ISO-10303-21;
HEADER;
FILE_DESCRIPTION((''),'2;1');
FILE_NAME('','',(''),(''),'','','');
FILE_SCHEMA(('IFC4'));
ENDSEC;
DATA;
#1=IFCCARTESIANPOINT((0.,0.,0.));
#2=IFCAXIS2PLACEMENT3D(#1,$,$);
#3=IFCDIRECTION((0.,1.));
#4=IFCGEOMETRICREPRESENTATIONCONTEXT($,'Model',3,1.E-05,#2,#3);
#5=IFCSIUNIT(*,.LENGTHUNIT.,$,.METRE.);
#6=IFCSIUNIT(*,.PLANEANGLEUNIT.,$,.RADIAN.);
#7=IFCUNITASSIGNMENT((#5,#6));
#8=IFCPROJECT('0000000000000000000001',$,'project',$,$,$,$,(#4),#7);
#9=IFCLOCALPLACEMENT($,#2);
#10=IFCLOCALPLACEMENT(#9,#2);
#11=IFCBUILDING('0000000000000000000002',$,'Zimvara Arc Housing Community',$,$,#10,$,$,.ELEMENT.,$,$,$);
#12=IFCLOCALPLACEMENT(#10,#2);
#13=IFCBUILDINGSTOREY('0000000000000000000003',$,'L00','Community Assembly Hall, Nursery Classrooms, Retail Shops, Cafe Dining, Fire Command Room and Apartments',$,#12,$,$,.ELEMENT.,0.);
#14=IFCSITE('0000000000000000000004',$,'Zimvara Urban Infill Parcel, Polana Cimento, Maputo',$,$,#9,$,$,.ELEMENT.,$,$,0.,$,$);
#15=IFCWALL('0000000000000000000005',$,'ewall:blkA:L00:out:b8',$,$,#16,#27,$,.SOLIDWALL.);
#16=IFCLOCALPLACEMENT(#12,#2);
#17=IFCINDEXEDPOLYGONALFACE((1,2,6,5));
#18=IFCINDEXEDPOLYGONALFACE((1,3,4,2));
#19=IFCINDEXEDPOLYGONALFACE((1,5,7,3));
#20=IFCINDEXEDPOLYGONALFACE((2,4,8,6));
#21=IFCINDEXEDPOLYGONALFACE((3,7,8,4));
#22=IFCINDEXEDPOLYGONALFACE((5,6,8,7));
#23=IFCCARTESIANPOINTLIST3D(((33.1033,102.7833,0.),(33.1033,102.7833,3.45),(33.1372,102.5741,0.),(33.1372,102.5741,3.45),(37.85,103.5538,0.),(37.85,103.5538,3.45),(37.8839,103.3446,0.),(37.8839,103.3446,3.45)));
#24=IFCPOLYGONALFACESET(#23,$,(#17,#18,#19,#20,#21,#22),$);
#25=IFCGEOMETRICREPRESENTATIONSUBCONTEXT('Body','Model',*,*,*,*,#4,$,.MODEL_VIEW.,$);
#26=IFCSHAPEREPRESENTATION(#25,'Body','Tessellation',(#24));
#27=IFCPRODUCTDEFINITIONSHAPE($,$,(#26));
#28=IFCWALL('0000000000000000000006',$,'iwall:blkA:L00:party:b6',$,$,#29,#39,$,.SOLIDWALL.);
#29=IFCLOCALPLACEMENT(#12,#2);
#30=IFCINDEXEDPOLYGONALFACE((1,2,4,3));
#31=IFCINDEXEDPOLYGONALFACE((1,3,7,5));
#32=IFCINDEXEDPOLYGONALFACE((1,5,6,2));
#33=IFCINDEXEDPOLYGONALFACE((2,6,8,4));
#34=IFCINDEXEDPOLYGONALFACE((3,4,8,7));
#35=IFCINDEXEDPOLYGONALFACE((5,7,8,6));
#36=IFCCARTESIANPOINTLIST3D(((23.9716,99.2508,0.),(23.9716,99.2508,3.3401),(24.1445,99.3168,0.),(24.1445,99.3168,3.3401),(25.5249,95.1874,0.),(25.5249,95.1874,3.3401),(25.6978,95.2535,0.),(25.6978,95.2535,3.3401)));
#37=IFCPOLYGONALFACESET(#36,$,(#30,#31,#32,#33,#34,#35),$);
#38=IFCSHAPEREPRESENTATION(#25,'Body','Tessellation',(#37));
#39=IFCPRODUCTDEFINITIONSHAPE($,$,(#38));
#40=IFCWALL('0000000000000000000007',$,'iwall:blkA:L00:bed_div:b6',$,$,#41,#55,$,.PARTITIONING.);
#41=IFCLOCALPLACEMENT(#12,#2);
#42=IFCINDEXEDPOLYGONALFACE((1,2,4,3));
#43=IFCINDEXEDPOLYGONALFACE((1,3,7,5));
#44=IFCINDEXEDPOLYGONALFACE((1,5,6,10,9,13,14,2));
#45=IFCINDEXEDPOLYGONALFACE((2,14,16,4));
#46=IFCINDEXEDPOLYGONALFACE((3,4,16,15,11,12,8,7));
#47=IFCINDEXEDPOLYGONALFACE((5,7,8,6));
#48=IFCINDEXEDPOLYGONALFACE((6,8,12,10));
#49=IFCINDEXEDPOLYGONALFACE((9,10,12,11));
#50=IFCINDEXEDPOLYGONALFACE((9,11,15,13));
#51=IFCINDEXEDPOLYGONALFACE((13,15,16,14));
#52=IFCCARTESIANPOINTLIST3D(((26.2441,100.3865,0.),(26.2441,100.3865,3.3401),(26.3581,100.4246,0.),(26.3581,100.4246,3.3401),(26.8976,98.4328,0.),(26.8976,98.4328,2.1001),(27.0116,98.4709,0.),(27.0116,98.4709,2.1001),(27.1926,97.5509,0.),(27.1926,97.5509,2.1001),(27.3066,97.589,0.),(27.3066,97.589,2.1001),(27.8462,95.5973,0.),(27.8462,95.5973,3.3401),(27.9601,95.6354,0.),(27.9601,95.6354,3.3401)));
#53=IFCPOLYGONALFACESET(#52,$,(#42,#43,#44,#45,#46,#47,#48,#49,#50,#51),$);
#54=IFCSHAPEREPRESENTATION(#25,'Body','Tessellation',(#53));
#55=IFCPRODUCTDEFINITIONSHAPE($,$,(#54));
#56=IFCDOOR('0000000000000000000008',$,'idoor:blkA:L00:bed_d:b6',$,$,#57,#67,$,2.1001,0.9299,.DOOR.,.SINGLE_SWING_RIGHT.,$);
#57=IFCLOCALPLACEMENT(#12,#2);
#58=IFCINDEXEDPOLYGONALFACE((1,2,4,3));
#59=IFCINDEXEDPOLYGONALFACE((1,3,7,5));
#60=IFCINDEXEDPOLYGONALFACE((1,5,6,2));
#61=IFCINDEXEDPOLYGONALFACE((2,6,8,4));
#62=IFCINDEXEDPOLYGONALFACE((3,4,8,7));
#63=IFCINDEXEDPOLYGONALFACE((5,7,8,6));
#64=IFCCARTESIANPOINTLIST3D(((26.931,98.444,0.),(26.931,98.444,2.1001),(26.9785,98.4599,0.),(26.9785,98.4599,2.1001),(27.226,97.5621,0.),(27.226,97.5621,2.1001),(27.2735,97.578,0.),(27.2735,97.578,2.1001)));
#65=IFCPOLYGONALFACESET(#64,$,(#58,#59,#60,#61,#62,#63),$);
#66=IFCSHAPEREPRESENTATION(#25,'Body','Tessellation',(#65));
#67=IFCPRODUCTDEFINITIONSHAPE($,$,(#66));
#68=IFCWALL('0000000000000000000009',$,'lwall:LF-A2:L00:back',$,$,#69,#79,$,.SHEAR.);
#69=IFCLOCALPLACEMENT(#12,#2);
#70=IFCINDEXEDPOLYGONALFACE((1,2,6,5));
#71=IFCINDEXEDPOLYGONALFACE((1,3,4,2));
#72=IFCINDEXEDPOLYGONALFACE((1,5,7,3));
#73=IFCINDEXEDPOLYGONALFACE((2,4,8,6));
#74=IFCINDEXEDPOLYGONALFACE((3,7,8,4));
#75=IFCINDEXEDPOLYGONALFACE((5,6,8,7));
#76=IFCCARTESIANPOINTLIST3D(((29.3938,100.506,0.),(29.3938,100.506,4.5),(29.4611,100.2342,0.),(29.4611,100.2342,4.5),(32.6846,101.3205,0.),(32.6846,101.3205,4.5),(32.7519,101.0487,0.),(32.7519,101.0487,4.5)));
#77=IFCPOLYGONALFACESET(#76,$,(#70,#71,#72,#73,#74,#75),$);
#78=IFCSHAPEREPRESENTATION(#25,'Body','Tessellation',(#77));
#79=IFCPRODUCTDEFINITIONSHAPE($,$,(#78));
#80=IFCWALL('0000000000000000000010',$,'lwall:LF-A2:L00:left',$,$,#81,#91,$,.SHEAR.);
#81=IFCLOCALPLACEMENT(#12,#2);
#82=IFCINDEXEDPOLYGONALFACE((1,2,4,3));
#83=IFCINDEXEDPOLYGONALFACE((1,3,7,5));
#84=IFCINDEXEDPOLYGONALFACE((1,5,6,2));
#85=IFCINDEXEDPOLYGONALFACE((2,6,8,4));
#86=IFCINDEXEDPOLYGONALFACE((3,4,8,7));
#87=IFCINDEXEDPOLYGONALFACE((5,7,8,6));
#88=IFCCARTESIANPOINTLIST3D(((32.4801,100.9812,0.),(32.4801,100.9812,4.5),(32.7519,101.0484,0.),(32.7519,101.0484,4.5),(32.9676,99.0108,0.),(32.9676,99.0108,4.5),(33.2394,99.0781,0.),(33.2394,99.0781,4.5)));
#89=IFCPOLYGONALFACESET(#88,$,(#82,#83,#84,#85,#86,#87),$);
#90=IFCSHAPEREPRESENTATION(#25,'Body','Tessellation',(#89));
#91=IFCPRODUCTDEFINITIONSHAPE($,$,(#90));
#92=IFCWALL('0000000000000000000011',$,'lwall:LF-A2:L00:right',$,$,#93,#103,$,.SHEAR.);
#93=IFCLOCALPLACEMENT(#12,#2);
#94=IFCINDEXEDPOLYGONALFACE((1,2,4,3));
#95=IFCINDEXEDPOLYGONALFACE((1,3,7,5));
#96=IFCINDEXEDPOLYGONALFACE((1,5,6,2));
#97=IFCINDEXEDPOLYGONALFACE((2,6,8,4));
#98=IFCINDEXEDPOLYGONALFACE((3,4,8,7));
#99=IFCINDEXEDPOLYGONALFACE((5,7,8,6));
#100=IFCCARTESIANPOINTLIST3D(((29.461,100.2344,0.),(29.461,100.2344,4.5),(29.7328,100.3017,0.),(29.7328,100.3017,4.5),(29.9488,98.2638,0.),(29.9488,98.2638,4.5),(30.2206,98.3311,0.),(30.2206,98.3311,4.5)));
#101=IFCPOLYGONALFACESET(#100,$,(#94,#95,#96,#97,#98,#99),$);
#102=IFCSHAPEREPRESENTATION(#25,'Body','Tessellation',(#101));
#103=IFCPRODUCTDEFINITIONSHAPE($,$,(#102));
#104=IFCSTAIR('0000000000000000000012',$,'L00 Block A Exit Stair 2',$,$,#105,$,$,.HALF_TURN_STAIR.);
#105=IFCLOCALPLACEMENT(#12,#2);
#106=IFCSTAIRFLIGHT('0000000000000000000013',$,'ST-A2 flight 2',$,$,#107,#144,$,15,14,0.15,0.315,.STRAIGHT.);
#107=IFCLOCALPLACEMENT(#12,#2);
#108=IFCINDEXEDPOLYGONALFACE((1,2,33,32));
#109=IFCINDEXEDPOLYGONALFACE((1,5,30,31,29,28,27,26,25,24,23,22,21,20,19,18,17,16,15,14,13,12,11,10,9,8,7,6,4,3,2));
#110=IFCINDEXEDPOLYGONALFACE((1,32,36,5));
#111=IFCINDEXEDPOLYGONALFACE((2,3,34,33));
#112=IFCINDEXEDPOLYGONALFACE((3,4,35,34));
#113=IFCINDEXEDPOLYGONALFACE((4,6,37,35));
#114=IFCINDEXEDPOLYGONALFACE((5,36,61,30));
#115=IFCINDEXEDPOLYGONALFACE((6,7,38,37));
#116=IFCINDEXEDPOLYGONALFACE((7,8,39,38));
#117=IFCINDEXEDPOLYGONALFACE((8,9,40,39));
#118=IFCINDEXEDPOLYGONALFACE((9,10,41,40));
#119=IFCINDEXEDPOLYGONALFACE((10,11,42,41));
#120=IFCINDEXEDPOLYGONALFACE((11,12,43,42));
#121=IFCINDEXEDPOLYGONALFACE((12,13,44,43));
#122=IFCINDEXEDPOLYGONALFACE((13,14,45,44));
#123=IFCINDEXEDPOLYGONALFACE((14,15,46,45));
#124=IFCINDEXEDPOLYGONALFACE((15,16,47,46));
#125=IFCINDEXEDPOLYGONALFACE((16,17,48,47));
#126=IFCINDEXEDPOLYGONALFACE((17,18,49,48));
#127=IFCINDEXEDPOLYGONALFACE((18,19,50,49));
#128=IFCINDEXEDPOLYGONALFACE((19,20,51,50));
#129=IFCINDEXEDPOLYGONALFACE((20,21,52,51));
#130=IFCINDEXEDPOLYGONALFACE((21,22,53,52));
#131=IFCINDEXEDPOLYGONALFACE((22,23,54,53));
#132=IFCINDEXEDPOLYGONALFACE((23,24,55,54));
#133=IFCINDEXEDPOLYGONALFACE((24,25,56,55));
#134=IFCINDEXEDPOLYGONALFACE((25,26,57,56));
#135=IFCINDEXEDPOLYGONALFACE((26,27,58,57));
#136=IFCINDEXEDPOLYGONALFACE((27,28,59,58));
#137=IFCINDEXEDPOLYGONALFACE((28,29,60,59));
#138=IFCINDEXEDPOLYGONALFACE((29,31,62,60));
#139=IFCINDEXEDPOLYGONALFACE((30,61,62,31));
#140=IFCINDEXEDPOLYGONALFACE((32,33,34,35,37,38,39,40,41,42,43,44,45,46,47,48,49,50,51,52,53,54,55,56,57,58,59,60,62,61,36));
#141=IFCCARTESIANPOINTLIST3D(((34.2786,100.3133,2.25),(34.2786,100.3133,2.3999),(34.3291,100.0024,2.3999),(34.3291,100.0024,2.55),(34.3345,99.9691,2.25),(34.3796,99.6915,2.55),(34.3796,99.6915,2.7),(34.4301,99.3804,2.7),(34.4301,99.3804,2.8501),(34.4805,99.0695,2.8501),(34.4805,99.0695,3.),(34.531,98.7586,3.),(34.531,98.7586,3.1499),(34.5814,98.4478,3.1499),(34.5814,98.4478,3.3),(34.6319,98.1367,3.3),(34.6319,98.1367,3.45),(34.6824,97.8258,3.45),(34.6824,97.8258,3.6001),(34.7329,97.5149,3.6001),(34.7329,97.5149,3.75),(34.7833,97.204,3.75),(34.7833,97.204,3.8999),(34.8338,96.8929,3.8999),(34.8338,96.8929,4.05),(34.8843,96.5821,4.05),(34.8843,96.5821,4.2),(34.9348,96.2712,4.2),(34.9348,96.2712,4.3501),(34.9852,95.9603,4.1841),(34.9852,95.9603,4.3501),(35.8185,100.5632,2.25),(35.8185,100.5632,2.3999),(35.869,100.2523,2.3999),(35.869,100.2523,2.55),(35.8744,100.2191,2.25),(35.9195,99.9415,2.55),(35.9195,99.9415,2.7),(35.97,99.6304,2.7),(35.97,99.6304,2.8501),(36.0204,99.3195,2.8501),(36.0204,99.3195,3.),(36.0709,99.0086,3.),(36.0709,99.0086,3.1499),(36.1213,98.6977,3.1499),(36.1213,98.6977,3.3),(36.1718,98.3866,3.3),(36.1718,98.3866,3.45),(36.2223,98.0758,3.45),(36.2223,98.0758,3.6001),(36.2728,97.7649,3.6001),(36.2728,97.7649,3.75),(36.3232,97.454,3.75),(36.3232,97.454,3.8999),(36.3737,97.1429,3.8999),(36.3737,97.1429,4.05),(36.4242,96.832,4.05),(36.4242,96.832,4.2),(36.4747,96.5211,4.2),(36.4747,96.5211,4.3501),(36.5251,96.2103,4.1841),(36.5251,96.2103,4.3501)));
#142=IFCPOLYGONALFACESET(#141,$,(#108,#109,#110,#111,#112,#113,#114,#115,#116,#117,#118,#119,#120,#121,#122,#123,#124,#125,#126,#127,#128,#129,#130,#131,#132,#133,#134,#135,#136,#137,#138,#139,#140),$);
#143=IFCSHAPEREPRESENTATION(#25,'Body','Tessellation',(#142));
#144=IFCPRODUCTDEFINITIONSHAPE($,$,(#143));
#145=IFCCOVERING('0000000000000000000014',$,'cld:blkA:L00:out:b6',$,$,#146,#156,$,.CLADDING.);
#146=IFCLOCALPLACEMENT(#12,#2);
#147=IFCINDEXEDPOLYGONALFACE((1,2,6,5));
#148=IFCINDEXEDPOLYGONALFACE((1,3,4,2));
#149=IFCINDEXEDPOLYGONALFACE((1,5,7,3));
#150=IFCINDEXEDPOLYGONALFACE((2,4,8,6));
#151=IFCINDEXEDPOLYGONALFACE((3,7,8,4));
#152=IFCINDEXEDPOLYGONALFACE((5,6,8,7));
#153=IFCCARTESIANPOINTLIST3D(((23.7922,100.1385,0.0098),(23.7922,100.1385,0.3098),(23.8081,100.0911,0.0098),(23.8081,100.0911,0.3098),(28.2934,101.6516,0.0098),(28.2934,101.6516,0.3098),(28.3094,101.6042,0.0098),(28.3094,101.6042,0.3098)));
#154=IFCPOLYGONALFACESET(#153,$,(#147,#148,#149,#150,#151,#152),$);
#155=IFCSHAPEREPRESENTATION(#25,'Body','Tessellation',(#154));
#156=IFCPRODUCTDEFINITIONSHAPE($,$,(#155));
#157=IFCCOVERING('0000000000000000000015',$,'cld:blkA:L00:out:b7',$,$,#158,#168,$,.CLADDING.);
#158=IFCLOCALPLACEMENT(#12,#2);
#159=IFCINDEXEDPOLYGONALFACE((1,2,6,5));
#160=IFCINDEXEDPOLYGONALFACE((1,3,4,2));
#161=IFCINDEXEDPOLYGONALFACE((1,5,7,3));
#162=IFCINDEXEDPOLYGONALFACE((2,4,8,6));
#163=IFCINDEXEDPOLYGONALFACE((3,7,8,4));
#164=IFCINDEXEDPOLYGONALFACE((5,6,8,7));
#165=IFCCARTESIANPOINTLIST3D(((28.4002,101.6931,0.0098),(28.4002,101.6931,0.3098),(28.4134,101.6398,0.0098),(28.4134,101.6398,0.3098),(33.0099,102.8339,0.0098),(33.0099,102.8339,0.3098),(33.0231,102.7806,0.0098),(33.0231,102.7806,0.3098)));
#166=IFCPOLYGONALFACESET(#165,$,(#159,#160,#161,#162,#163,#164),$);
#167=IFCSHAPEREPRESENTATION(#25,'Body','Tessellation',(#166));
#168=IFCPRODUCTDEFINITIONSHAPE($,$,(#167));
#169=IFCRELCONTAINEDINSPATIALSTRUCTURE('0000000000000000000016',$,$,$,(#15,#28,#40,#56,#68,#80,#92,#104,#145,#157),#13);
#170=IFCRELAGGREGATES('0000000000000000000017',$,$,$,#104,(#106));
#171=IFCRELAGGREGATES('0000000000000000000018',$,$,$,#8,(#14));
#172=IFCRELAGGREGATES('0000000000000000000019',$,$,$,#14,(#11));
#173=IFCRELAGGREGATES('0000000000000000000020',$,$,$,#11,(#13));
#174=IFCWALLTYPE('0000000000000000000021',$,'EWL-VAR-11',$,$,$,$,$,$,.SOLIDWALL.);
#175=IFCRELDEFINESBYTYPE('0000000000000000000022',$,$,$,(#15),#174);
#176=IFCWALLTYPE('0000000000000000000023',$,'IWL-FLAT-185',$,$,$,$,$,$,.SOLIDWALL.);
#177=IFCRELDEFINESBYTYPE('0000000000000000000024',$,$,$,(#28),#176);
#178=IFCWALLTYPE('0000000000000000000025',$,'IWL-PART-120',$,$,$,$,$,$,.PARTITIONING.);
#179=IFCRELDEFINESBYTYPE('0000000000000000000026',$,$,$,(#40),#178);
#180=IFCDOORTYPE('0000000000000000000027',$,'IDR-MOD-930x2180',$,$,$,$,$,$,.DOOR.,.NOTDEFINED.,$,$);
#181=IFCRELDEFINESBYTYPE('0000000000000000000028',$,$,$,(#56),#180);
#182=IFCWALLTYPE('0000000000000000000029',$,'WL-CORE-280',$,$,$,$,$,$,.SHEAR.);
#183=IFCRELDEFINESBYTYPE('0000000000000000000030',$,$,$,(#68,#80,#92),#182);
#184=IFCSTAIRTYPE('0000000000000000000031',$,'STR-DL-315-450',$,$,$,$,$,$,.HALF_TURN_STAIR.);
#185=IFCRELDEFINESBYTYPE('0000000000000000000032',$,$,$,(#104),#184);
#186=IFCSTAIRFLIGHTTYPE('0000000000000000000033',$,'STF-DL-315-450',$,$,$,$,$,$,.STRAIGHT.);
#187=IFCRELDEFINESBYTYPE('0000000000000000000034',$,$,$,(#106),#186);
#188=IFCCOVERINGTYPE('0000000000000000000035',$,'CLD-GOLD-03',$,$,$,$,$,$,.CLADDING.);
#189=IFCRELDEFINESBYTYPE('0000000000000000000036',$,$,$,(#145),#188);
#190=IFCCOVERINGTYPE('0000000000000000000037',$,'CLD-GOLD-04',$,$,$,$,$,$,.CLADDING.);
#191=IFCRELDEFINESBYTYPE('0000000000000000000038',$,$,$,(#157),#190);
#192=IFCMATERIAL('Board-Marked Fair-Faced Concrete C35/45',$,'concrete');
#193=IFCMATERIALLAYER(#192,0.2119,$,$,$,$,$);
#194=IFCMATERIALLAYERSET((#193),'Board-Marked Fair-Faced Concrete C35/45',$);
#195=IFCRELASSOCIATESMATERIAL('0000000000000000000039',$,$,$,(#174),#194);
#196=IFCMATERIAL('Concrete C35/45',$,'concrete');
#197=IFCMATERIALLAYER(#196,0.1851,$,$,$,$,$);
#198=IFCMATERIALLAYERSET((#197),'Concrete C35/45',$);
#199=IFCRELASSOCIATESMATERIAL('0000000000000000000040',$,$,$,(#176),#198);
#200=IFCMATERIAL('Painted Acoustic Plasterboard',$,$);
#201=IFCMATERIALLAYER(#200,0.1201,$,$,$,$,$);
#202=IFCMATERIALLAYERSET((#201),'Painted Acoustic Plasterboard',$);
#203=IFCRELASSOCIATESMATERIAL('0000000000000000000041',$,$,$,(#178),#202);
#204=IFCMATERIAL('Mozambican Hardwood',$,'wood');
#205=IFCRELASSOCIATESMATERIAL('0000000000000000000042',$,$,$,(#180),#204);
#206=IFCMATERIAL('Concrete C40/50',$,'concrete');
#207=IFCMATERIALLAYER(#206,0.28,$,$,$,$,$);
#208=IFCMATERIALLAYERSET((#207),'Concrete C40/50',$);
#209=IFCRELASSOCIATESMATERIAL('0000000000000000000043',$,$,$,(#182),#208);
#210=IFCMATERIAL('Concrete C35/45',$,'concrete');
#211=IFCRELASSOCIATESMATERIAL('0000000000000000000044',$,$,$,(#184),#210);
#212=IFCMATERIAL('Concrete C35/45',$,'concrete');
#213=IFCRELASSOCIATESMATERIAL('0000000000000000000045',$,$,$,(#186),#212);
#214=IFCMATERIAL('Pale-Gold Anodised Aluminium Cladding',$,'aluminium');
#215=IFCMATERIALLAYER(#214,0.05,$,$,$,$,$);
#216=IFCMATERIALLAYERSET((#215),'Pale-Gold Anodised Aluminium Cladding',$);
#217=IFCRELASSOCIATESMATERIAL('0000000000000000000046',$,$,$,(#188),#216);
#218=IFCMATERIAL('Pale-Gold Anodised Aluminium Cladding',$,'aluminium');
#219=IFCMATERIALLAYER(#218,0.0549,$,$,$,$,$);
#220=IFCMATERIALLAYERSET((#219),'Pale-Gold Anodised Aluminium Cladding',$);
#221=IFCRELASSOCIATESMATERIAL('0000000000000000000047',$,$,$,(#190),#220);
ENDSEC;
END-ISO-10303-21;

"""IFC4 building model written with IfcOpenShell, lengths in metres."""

from ifc_helpers import new_model, si_unit, direction, frame, frame_2d, origin, origin_2d, place, context, subcontext, project, spatial, polyline, rectangle, outline, extrude, material, layer, layer_set, type_object, element, fill, aggregate, save


model = new_model("IFC4")

# Units and contexts
model_context = context("Model", 3, precision=1e-05, world=origin(), true_north=direction((0.0, 1.0)))
body_context = subcontext(model_context, "Body", "Model", "MODEL_VIEW")
ifc_project = project(units=[si_unit("LENGTHUNIT", "METRE"), si_unit("PLANEANGLEUNIT", "RADIAN")], contexts=[model_context])

# Site, building, storey
site_placement = place(None, origin())
site = spatial("IfcSite", under=ifc_project, at=site_placement, Name="Zimvara Urban Infill Parcel, Polana Cimento, Maputo", CompositionType="ELEMENT", RefElevation=0.0)
building_placement = place(site_placement, origin())
building = spatial("IfcBuilding", under=site, at=building_placement, Name="Zimvara Arc Housing Community", CompositionType="ELEMENT")
storey_placement = place(building_placement, origin())
storey = spatial("IfcBuildingStorey", under=building, at=storey_placement, Name="L00", Description="Community Assembly Hall, Nursery Classrooms, Retail Shops, Cafe Dining, Fire Command Room and Apartments", CompositionType="ELEMENT", Elevation=0.0)

# Walls
ifc_material_1 = material(Name="Board-Marked Fair-Faced Concrete C35/45", Category="concrete")
ifc_layer_1 = layer(ifc_material_1, 0.2119)
ifc_layer_set_1 = layer_set([ifc_layer_1], Name="Board-Marked Fair-Faced Concrete C35/45")
wall_type_1 = type_object("IfcWallType", Name="EWL-VAR-11", PredefinedType="SOLIDWALL", material=ifc_layer_set_1)
wall_1_placement = place(storey_placement, frame((33.1204, 102.6787, 0.0), z_axis=(0.0, 0.0, 1.0), x_axis=(0.987081, 0.160224, 0.0)))
element("IfcWall", 1, at=wall_1_placement, inside=storey, type_object=wall_type_1, Name="ewall:blkA:L00:out:b8", PredefinedType="SOLIDWALL", context=body_context, shape_type="SweptSolid", body=[
    extrude(rectangle(XDim=4.8088, YDim=0.2119, at=frame_2d((2.4043, 0.0))), origin(), (0.0, 0.0, 1.0), 3.45),
])
ifc_material_2 = material(Name="Concrete C35/45", Category="concrete")
ifc_layer_2 = layer(ifc_material_2, 0.1851)
ifc_layer_set_2 = layer_set([ifc_layer_2], Name="Concrete C35/45")
wall_type_2 = type_object("IfcWallType", Name="IWL-FLAT-185", PredefinedType="SOLIDWALL", material=ifc_layer_set_2)
wall_2_placement = place(storey_placement, frame((25.6113, 95.2205, 0.0), z_axis=(0.0, 0.0, 1.0), x_axis=(-0.357064, 0.93408, 0.0)))
element("IfcWall", 2, at=wall_2_placement, inside=storey, type_object=wall_type_2, Name="iwall:blkA:L00:party:b6", PredefinedType="SOLIDWALL", context=body_context, shape_type="SweptSolid", body=[
    extrude(rectangle(XDim=4.3501, YDim=0.1851, at=frame_2d((2.175, 0.0))), origin(), (0.0, 0.0, 1.0), 3.3401),
])

# Wall, opening, door
ifc_material_3 = material(Name="Painted Acoustic Plasterboard")
ifc_layer_3 = layer(ifc_material_3, 0.1201)
ifc_layer_set_3 = layer_set([ifc_layer_3], Name="Painted Acoustic Plasterboard")
wall_type_3 = type_object("IfcWallType", Name="IWL-PART-120", PredefinedType="PARTITIONING", material=ifc_layer_set_3)
wall_3_placement = place(storey_placement, frame((27.9031, 95.6165, 0.0), z_axis=(0.0, 0.0, 1.0), x_axis=(-0.317228, 0.948349, 0.0)))
wall_3 = element("IfcWall", 3, at=wall_3_placement, inside=storey, type_object=wall_type_3, Name="iwall:blkA:L00:bed_div:b6", PredefinedType="PARTITIONING", context=body_context, shape_type="SweptSolid", body=[
    extrude(rectangle(XDim=5.05, YDim=0.1201, at=frame_2d((2.5249, 0.0))), origin(), (0.0, 0.0, 1.0), 3.3401),
])
opening_1_placement = place(wall_3_placement, frame((2.0601, 0.0, 0.0)))
opening_1 = element("IfcOpeningElement", 4, at=opening_1_placement, cuts=wall_3, PredefinedType="OPENING", context=body_context, shape_type="SweptSolid", body=[
    extrude(rectangle(XDim=0.9299, YDim=2.1001, at=frame_2d((0.4648, 1.05))), frame((0.0, 0.0701, 0.0), z_axis=(0.0, -1.0, 0.0), x_axis=(1.0, 0.0, 0.0)), (0.0, 0.0, 1.0), 0.1401),
])
ifc_material_4 = material(Name="Mozambican Hardwood", Category="wood")
door_type_1 = type_object("IfcDoorType", Name="IDR-MOD-930x2180", OperationType="NOTDEFINED", PredefinedType="DOOR", material=ifc_material_4)
door_1_placement = place(opening_1_placement, origin())
door_1 = element("IfcDoor", 5, at=door_1_placement, inside=storey, type_object=door_type_1, Name="idoor:blkA:L00:bed_d:b6", OperationType="SINGLE_SWING_RIGHT", OverallHeight=2.1001, OverallWidth=0.9299, PredefinedType="DOOR", context=body_context, shape_type="SweptSolid", body=[
    extrude(rectangle(XDim=0.9299, YDim=2.1001, at=frame_2d((0.4648, 1.05))), frame((0.0, 0.0249, 0.0), z_axis=(0.0, -1.0, 0.0), x_axis=(1.0, 0.0, 0.0)), (0.0, 0.0, 1.0), 0.05),
])
fill(opening_1, door_1)
ifc_material_5 = material(Name="Concrete C40/50", Category="concrete")
ifc_layer_4 = layer(ifc_material_5, 0.28)
ifc_layer_set_4 = layer_set([ifc_layer_4], Name="Concrete C40/50")
wall_type_4 = type_object("IfcWallType", Name="WL-CORE-280", PredefinedType="SHEAR", material=ifc_layer_set_4)

# Walls
wall_4_placement = place(storey_placement, frame((32.7183, 101.1846, 0.0), z_axis=(0.0, 0.0, 1.0), x_axis=(-0.970712, -0.240247, 0.0)))
element("IfcWall", 6, at=wall_4_placement, inside=storey, type_object=wall_type_4, Name="lwall:LF-A2:L00:back", PredefinedType="SHEAR", context=body_context, shape_type="SweptSolid", body=[
    extrude(rectangle(XDim=3.3901, YDim=0.28, at=frame_2d((1.6951, 0.0))), origin(), (0.0, 0.0, 1.0), 4.5),
])
wall_5_placement = place(storey_placement, frame((33.1035, 99.0444, 0.0), z_axis=(0.0, 0.0, 1.0), x_axis=(-0.240186, 0.970727, 0.0)))
element("IfcWall", 7, at=wall_5_placement, inside=storey, type_object=wall_type_4, Name="lwall:LF-A2:L00:left", PredefinedType="SHEAR", context=body_context, shape_type="SweptSolid", body=[
    extrude(rectangle(XDim=2.0298, YDim=0.28, at=frame_2d((1.0149, 0.0))), origin(), (0.0, 0.0, 1.0), 4.5),
])
wall_6_placement = place(storey_placement, frame((30.0847, 98.2974, 0.0), z_axis=(0.0, 0.0, 1.0), x_axis=(-0.240299, 0.970699, 0.0)))
element("IfcWall", 8, at=wall_6_placement, inside=storey, type_object=wall_type_4, Name="lwall:LF-A2:L00:right", PredefinedType="SHEAR", context=body_context, shape_type="SweptSolid", body=[
    extrude(rectangle(XDim=2.03, YDim=0.28, at=frame_2d((1.0151, 0.0))), origin(), (0.0, 0.0, 1.0), 4.5),
])

# Stair, stair flight
ifc_material_6 = material(Name="Concrete C35/45", Category="concrete")
stair_type = type_object("IfcStairType", Name="STR-DL-315-450", PredefinedType="HALF_TURN_STAIR", material=ifc_material_6)
stair_placement = place(storey_placement, origin())
stair = element("IfcStair", 9, at=stair_placement, inside=storey, type_object=stair_type, Name="L00 Block A Exit Stair 2", PredefinedType="HALF_TURN_STAIR")
ifc_material_7 = material(Name="Concrete C35/45", Category="concrete")
stair_flight_type = type_object("IfcStairFlightType", Name="STF-DL-315-450", PredefinedType="STRAIGHT", material=ifc_material_7)
stair_flight_placement = place(storey_placement, frame((35.0486, 100.4382, 2.25), z_axis=(0.0, 0.0, 1.0), x_axis=(0.160226, -0.98708, 0.0)))
stair_flight = element("IfcStairFlight", 10, at=stair_flight_placement, type_object=stair_flight_type, Name="ST-A2 flight 2", NumberOfRisers=15, NumberOfTreads=14, PredefinedType="STRAIGHT", RiserHeight=0.15, TreadLength=0.315, context=body_context, shape_type="SweptSolid", body=[
    extrude(outline(polyline([(0.0, 0.0), (0.0, 0.1499), (0.3149, 0.1499), (0.3149, 0.3), (0.6299, 0.3), (0.6299, 0.45), (0.9451, 0.45), (0.9451, 0.6001), (1.26, 0.6001), (1.26, 0.75), (1.575, 0.75), (1.575, 0.8999), (1.8899, 0.8999), (1.8899, 1.05), (2.2051, 1.05), (2.2051, 1.2), (2.52, 1.2), (2.52, 1.3501), (2.835, 1.3501), (2.835, 1.5), (3.1499, 1.5), (3.1499, 1.6499), (3.4651, 1.6499), (3.4651, 1.8), (3.78, 1.8), (3.78, 1.95), (4.095, 1.95), (4.095, 2.1001), (4.4099, 2.1001), (4.4099, 2.25), (4.4099, 1.9341), (0.3486, 0.0), (0.0, 0.0)])), frame((0.0, 0.78, 0.0), z_axis=(0.0, -1.0, 0.0), x_axis=(1.0, 0.0, 0.0)), (0.0, 0.0, 1.0), 1.5601),
])
aggregate(stair, [stair_flight])

# Coverings
ifc_material_8 = material(Name="Pale-Gold Anodised Aluminium Cladding", Category="aluminium")
ifc_layer_5 = layer(ifc_material_8, 0.05)
ifc_layer_set_5 = layer_set([ifc_layer_5], Name="Pale-Gold Anodised Aluminium Cladding")
covering_type_1 = type_object("IfcCoveringType", Name="CLD-GOLD-03", PredefinedType="CLADDING", material=ifc_layer_set_5)
covering_1_placement = place(storey_placement, frame((26.0508, 100.8713, 0.0098), z_axis=(0.0, 0.0, 1.0), x_axis=(0.94788, 0.318628, 0.0)))
element("IfcCovering", 11, at=covering_1_placement, inside=storey, type_object=covering_type_1, Name="cld:blkA:L00:out:b6", PredefinedType="CLADDING", context=body_context, shape_type="SweptSolid", body=[
    extrude(rectangle(XDim=4.7488, YDim=0.05, at=origin_2d()), origin(), (0.0, 0.0, 1.0), 0.3),
])
ifc_material_9 = material(Name="Pale-Gold Anodised Aluminium Cladding", Category="aluminium")
ifc_layer_6 = layer(ifc_material_9, 0.0549)
ifc_layer_set_6 = layer_set([ifc_layer_6], Name="Pale-Gold Anodised Aluminium Cladding")
covering_type_2 = type_object("IfcCoveringType", Name="CLD-GOLD-04", PredefinedType="CLADDING", material=ifc_layer_set_6)
covering_2_placement = place(storey_placement, frame((30.7117, 102.2368, 0.0098), z_axis=(0.0, 0.0, 1.0), x_axis=(0.970716, 0.24023, 0.0)))
element("IfcCovering", 12, at=covering_2_placement, inside=storey, type_object=covering_type_2, Name="cld:blkA:L00:out:b7", PredefinedType="CLADDING", context=body_context, shape_type="SweptSolid", body=[
    extrude(rectangle(XDim=4.7488, YDim=0.0549, at=origin_2d()), origin(), (0.0, 0.0, 1.0), 0.3),
])

save(model, "model.ifc")
